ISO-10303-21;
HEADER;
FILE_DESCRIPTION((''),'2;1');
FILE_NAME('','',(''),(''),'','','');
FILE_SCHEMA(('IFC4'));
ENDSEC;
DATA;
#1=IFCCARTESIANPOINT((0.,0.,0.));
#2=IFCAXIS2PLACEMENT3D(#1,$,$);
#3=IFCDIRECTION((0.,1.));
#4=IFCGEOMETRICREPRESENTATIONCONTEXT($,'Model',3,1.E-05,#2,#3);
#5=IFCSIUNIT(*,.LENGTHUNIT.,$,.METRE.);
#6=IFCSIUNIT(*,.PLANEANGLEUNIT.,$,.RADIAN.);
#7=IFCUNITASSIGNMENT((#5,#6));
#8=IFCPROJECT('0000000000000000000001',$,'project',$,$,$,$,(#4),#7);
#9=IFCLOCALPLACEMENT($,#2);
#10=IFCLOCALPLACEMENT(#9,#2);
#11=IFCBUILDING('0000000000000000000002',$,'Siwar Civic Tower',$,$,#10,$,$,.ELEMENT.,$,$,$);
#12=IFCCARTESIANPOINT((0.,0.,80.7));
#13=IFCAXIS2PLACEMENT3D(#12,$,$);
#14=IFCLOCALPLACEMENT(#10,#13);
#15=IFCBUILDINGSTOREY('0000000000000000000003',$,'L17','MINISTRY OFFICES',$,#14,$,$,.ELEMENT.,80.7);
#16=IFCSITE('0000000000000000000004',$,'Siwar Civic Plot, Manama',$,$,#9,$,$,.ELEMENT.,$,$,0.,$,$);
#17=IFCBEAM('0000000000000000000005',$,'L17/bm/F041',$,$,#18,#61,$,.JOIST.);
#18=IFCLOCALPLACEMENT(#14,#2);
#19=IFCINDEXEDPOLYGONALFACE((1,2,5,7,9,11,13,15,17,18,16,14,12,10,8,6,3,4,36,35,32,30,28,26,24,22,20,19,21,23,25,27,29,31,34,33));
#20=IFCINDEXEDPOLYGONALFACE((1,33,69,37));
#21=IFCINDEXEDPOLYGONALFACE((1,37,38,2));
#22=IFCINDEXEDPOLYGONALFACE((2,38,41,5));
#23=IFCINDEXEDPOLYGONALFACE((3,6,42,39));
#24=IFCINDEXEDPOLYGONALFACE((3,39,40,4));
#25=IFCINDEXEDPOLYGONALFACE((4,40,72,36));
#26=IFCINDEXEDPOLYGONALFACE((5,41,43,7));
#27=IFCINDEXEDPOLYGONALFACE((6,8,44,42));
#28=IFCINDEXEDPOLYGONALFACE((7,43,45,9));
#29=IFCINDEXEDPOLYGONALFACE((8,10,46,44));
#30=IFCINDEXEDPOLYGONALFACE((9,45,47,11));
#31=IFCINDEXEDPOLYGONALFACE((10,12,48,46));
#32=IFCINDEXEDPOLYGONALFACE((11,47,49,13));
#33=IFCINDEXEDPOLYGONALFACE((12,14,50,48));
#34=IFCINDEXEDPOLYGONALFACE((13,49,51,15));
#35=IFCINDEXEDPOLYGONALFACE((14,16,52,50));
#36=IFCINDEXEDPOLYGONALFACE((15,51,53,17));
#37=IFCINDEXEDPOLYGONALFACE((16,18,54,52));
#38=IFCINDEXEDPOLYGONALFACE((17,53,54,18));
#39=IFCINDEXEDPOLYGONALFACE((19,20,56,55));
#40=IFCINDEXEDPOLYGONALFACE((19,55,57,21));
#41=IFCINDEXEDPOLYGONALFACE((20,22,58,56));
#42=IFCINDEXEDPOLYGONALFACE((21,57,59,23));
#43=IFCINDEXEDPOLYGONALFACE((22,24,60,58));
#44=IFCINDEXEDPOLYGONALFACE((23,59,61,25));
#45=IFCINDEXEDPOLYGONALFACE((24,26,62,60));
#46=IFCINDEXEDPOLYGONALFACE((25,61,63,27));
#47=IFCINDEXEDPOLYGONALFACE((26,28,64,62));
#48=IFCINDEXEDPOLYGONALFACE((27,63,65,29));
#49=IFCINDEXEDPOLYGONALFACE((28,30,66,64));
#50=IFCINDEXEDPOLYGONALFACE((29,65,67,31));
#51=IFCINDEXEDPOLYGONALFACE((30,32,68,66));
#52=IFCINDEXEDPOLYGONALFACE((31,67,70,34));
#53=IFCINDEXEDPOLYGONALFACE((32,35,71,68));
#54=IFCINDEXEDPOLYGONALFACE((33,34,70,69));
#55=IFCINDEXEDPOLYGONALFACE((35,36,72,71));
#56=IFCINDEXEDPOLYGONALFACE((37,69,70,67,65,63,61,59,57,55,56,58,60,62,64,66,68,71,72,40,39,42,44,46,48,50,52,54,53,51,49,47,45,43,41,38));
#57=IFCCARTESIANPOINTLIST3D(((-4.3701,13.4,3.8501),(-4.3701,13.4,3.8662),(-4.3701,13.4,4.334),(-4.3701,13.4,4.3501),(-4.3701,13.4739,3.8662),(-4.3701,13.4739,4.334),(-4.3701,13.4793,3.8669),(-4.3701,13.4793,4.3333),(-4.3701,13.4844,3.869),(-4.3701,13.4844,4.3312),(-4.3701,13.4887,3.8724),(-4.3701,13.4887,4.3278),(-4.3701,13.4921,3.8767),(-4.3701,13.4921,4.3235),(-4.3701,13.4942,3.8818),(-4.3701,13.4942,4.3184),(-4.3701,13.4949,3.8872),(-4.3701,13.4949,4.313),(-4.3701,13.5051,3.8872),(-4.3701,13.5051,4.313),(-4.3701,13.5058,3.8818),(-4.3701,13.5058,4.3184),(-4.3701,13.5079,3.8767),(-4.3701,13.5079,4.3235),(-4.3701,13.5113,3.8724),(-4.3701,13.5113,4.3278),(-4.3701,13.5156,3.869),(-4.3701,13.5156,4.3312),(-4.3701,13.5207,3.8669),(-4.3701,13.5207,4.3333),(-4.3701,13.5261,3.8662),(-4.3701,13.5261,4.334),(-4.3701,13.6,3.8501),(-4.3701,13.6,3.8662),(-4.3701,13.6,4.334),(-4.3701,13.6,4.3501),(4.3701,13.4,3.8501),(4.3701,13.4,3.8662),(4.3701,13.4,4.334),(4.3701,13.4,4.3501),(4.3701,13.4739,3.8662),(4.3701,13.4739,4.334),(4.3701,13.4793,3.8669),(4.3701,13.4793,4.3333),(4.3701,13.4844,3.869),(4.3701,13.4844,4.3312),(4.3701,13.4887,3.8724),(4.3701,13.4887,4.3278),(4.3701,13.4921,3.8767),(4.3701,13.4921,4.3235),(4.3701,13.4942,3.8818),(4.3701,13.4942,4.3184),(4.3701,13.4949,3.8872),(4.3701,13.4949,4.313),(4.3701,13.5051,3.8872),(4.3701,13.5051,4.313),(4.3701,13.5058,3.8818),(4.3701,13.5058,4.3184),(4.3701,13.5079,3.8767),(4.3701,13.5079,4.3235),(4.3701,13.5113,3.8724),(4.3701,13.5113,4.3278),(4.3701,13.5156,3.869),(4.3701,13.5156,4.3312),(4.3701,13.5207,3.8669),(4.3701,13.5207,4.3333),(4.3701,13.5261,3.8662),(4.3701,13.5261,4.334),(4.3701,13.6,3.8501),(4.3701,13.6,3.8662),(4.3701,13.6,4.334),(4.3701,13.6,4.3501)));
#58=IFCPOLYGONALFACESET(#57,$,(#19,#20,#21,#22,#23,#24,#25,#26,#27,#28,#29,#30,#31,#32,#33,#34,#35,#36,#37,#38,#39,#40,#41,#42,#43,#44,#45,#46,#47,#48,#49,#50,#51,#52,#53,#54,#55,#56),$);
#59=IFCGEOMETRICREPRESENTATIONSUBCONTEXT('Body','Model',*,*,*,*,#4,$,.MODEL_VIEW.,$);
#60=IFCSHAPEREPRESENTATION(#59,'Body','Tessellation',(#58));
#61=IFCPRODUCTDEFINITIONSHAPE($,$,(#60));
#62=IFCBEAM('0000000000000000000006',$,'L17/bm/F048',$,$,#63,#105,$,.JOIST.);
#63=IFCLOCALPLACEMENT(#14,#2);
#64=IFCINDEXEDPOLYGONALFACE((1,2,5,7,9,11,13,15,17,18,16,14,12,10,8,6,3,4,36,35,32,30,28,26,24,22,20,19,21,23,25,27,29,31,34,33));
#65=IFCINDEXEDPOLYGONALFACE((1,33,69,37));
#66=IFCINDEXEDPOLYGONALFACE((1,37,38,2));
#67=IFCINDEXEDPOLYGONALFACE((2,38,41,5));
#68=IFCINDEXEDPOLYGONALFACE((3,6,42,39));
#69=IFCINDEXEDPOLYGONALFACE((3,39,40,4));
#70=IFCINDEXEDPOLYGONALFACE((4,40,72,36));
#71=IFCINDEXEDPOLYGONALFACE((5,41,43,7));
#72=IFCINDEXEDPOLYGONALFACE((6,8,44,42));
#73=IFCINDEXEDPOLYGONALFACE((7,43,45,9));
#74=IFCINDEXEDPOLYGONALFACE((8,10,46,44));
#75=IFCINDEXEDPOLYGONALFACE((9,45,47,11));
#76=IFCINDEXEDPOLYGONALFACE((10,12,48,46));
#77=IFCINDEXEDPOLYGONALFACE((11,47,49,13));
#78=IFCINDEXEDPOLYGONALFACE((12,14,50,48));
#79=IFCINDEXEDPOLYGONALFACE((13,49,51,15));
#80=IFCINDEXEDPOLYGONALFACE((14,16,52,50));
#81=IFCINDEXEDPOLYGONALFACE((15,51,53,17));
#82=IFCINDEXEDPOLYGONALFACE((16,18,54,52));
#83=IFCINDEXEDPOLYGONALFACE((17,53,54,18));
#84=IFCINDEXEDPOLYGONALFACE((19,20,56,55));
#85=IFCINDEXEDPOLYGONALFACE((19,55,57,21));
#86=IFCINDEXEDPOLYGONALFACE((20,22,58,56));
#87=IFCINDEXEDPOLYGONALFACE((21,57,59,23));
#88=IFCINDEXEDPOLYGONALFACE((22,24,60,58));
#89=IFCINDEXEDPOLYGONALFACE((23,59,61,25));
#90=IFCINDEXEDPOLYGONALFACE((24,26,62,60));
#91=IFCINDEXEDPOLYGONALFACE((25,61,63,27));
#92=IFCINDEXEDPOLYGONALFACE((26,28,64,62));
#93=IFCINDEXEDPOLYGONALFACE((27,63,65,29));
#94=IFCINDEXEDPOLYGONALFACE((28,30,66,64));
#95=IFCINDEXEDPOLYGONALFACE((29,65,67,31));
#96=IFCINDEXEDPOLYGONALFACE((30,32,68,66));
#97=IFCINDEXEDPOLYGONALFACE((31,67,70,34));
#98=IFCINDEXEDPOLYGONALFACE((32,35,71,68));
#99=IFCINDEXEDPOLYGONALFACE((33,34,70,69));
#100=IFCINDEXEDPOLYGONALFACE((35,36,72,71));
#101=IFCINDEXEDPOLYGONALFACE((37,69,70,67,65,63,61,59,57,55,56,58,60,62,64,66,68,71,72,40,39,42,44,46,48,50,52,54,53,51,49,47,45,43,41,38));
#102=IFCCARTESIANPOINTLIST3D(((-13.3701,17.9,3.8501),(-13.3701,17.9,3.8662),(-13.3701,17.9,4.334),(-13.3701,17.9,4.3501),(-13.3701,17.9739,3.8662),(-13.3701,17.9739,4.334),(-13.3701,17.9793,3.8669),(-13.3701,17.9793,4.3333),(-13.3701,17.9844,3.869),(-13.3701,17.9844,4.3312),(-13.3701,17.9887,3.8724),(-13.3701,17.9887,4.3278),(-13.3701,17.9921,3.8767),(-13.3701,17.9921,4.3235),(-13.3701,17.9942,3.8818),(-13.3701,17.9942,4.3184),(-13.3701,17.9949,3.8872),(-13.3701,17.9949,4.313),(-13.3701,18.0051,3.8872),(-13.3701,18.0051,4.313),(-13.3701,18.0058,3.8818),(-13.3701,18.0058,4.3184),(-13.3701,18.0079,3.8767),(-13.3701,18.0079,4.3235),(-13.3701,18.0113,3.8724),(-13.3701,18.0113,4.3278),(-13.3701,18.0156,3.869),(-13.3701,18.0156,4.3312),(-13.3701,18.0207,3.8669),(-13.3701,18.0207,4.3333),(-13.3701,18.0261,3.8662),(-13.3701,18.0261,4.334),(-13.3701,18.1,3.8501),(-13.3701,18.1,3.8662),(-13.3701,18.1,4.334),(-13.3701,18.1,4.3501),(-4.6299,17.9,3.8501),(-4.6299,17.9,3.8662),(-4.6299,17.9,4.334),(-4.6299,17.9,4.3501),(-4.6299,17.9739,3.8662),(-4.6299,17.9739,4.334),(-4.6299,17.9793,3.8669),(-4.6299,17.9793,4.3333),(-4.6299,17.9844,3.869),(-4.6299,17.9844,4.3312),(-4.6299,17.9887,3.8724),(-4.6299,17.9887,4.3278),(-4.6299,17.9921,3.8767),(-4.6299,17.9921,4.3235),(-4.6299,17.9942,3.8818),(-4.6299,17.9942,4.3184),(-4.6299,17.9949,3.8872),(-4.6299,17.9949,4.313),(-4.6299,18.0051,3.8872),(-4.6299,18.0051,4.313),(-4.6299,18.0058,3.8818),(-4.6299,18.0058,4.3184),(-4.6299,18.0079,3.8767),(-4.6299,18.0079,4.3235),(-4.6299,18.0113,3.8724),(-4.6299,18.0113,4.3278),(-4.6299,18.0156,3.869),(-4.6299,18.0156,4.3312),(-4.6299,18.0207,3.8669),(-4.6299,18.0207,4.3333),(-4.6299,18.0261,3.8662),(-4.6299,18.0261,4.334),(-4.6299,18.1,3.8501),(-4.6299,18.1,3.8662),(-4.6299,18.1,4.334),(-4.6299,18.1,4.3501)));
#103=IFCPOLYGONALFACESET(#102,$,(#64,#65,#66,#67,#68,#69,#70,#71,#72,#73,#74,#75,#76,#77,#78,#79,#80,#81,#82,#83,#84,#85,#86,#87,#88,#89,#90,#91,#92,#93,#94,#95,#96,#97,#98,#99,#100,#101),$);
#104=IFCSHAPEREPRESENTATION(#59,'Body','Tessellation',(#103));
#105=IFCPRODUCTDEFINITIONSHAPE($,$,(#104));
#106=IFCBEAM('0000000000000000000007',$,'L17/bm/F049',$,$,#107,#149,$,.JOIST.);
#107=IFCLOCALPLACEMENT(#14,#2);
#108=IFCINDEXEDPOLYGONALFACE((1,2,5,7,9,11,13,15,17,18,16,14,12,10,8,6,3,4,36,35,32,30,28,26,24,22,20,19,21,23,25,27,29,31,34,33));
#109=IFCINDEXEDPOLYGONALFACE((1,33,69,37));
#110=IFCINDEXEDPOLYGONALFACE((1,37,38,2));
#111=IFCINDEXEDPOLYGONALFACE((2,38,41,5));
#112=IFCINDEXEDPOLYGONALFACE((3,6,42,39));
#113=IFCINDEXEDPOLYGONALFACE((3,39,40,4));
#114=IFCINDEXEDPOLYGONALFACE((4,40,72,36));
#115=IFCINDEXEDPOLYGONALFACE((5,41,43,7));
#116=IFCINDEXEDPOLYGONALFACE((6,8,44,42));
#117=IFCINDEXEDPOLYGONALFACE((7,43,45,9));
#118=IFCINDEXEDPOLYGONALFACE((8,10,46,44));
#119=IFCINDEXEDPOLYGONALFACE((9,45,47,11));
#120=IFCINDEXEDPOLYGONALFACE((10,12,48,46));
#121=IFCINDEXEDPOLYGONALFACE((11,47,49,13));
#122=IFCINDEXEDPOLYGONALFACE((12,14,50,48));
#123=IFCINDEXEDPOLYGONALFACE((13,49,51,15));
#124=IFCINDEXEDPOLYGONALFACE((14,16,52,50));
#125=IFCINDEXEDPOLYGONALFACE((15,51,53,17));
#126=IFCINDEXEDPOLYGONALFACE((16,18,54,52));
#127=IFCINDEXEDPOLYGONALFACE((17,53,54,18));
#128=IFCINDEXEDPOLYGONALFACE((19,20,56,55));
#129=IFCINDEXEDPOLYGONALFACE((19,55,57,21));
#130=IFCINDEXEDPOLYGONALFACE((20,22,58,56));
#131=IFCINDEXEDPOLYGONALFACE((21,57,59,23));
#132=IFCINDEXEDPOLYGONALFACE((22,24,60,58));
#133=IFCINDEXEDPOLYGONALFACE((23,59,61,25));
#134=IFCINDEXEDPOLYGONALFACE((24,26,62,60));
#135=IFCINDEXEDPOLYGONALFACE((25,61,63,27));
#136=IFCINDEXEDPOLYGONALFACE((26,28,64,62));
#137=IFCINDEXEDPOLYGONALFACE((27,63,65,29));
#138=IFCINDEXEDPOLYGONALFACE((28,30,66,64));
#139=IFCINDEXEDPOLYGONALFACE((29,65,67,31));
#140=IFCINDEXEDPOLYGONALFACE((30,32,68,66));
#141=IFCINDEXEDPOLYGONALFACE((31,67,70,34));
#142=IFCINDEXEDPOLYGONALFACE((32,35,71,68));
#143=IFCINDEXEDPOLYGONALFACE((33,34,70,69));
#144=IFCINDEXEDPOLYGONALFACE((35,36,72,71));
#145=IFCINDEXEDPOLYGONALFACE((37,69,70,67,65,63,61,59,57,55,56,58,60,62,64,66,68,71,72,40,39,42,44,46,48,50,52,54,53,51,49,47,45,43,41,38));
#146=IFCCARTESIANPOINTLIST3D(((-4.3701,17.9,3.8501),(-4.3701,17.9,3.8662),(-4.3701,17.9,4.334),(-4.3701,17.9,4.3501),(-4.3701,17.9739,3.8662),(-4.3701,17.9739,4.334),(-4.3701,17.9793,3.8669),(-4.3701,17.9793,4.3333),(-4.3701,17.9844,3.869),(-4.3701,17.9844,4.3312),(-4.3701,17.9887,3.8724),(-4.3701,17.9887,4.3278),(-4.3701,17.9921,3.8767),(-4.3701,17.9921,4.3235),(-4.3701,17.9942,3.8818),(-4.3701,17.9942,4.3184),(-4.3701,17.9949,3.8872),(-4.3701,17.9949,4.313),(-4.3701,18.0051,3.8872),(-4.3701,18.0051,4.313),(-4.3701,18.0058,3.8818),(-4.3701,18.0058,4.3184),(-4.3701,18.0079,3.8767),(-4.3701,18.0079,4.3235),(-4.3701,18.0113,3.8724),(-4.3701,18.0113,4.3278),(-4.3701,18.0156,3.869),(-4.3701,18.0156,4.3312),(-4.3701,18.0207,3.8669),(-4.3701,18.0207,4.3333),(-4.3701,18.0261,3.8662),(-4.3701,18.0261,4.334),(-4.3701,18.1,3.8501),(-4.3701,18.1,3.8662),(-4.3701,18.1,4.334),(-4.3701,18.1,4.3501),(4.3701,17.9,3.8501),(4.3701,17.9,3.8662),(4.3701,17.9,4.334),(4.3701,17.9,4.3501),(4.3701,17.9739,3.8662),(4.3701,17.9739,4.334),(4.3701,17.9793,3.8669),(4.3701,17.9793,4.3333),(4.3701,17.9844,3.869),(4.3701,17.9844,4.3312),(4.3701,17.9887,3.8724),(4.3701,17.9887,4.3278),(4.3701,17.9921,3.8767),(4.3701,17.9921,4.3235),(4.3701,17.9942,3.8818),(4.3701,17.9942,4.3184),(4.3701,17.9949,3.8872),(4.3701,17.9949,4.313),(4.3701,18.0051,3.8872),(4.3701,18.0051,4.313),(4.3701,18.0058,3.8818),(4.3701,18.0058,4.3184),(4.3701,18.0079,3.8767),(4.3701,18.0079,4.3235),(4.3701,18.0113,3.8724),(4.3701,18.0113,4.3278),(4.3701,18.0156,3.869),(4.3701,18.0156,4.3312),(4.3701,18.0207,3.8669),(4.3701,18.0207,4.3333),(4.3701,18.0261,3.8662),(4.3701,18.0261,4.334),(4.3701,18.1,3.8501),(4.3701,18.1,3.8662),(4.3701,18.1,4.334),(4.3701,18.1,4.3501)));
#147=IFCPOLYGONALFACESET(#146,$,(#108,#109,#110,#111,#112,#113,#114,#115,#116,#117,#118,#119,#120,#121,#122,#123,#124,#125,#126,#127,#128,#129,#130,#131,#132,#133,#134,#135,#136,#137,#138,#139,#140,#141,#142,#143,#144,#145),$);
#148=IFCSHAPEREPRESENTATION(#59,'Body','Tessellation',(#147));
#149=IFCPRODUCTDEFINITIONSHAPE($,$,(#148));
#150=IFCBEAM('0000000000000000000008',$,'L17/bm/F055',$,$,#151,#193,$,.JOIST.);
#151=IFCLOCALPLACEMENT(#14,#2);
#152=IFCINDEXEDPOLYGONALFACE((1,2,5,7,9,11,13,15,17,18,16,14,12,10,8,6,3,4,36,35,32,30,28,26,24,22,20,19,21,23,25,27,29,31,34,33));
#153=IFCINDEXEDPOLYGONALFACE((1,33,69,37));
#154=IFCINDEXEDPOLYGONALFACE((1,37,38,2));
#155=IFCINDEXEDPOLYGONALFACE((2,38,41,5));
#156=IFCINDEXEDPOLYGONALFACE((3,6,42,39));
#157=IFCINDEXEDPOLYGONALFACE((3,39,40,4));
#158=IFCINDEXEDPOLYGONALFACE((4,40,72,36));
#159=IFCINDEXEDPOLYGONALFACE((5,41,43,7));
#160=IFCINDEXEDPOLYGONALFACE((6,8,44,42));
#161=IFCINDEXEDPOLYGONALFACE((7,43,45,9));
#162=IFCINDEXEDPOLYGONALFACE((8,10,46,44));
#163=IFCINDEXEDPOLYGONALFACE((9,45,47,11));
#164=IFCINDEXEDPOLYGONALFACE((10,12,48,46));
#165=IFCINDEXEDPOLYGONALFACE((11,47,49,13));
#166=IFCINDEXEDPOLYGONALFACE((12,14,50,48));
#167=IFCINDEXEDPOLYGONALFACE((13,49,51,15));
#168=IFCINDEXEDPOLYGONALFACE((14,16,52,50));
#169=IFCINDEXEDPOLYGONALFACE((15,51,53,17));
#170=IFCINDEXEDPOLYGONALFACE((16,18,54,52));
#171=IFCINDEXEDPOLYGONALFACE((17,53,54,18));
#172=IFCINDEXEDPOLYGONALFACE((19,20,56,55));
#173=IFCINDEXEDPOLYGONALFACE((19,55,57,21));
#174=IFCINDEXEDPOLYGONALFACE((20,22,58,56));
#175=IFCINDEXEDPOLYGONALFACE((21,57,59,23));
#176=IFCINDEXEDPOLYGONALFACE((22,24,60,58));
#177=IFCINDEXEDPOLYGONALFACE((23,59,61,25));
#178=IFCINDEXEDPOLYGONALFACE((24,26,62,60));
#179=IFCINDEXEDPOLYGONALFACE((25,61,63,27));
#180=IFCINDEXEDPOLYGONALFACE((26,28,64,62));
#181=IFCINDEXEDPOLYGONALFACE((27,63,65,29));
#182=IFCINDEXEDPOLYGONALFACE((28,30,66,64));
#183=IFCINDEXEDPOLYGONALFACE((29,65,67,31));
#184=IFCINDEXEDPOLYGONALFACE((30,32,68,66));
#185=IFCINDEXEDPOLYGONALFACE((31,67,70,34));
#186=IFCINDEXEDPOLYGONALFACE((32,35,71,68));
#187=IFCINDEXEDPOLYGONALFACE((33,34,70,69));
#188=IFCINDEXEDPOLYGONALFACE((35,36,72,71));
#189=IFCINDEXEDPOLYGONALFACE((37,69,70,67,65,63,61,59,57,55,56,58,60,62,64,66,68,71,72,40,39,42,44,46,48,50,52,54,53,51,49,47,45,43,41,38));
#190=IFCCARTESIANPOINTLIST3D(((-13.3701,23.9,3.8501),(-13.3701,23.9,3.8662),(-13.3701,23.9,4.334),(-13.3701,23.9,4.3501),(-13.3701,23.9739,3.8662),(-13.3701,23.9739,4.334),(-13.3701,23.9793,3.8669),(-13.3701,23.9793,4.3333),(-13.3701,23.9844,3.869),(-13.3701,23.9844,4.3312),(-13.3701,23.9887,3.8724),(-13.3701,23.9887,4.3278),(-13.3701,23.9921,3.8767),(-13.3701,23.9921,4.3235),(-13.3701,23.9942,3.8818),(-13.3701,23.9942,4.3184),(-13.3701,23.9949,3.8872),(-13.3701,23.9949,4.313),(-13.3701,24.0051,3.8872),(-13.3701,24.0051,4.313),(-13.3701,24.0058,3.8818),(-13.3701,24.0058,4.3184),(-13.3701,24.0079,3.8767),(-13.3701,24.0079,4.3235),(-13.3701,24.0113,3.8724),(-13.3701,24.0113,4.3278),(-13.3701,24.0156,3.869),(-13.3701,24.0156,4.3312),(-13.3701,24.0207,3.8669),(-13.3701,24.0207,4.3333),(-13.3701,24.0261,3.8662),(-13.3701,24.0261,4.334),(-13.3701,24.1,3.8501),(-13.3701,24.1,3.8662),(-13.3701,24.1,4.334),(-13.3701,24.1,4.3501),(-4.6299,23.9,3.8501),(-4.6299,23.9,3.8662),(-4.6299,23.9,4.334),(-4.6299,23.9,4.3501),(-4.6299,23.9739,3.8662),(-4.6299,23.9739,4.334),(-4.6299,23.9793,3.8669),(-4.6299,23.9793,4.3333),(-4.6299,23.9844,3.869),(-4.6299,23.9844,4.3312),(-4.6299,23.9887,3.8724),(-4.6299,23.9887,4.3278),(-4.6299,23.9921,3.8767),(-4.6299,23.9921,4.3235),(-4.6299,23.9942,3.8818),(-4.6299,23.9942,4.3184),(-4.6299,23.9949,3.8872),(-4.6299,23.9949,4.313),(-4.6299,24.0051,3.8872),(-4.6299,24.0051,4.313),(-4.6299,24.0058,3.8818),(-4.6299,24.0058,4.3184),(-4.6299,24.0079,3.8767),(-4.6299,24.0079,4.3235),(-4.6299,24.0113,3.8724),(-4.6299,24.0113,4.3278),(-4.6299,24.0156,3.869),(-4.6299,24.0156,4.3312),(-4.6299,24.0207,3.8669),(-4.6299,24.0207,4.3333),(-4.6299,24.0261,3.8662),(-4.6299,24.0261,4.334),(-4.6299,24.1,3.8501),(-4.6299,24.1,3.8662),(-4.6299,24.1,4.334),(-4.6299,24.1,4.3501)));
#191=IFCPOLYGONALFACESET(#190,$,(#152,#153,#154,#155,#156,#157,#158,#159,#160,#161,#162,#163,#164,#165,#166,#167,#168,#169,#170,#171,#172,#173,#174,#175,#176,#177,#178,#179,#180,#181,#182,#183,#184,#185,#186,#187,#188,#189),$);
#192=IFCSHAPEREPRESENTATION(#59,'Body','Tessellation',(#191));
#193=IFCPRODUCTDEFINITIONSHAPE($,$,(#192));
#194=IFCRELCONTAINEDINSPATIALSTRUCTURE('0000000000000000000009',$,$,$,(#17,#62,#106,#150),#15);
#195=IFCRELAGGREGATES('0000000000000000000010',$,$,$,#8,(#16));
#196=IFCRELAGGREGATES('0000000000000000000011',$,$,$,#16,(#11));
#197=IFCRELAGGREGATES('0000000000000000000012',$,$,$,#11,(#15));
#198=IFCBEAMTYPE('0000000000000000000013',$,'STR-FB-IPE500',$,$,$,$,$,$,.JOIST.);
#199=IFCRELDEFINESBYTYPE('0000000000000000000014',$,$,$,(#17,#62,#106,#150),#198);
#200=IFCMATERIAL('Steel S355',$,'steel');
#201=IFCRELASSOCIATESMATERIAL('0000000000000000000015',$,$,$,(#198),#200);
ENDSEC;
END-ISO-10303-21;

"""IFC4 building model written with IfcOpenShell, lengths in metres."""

from ifc_helpers import new_model, si_unit, direction, frame, origin, origin_2d, place, context, subcontext, project, spatial, i_section, extrude, material, material_profile, profile_set, type_object, element, save


model = new_model("IFC4")

# Units and contexts
model_context = context("Model", 3, precision=1e-05, world=origin(), true_north=direction((0.0, 1.0)))
body_context = subcontext(model_context, "Body", "Model", "MODEL_VIEW")
ifc_project = project(units=[si_unit("LENGTHUNIT", "METRE"), si_unit("PLANEANGLEUNIT", "RADIAN")], contexts=[model_context])

# Site, building, storey
site_placement = place(None, origin())
site = spatial("IfcSite", under=ifc_project, at=site_placement, Name="Siwar Civic Plot, Manama", CompositionType="ELEMENT", RefElevation=0.0)
building_placement = place(site_placement, origin())
building = spatial("IfcBuilding", under=site, at=building_placement, Name="Siwar Civic Tower", CompositionType="ELEMENT")
storey_placement = place(building_placement, frame((0.0, 0.0, 80.7)))
storey = spatial("IfcBuildingStorey", under=building, at=storey_placement, Name="L17", Description="MINISTRY OFFICES", CompositionType="ELEMENT", Elevation=80.7)

# Beams
ifc_material_1 = material(Name="Steel S355", Category="steel")
ifc_material_profile_1 = material_profile(ifc_material_1, i_section(OverallWidth=0.2, OverallDepth=0.5, WebThickness=0.0103, FlangeThickness=0.0161, FilletRadius=0.021, at=origin_2d()), Name="IPE500")
ifc_profile_set_1 = profile_set([ifc_material_profile_1], Name="Steel S355")
beam_type_1 = type_object("IfcBeamType", Name="STR-FB-IPE500", PredefinedType="JOIST", material=ifc_profile_set_1)
for number, where, z_axis, x_axis, name in (
    (1, (-4.3701, 13.5, 4.1001), (1.0, 0.0, 0.0), (0.0, 1.0, 0.0), "L17/bm/F041"),
    (2, (-13.3701, 18.0, 4.1001), (1.0, 0.0, 0.0), (0.0, 1.0, 0.0), "L17/bm/F048"),
    (3, (-4.3701, 18.0, 4.1001), (1.0, 0.0, 0.0), (0.0, 1.0, 0.0), "L17/bm/F049"),
    (4, (-13.3701, 24.0, 4.1001), (1.0, 0.0, 0.0), (0.0, 1.0, 0.0), "L17/bm/F055"),
):
    element("IfcBeam", number, at=place(storey_placement, frame(where, z_axis=z_axis, x_axis=x_axis)), inside=storey, type_object=beam_type_1, Name=name, PredefinedType="JOIST", context=body_context, shape_type="SweptSolid", body=[
        extrude(i_section(OverallWidth=0.2, OverallDepth=0.5, WebThickness=0.0103, FlangeThickness=0.0161, FilletRadius=0.021, at=origin_2d()), origin(), (0.0, 0.0, 1.0), 8.7402),
    ])

save(model, "model.ifc")
